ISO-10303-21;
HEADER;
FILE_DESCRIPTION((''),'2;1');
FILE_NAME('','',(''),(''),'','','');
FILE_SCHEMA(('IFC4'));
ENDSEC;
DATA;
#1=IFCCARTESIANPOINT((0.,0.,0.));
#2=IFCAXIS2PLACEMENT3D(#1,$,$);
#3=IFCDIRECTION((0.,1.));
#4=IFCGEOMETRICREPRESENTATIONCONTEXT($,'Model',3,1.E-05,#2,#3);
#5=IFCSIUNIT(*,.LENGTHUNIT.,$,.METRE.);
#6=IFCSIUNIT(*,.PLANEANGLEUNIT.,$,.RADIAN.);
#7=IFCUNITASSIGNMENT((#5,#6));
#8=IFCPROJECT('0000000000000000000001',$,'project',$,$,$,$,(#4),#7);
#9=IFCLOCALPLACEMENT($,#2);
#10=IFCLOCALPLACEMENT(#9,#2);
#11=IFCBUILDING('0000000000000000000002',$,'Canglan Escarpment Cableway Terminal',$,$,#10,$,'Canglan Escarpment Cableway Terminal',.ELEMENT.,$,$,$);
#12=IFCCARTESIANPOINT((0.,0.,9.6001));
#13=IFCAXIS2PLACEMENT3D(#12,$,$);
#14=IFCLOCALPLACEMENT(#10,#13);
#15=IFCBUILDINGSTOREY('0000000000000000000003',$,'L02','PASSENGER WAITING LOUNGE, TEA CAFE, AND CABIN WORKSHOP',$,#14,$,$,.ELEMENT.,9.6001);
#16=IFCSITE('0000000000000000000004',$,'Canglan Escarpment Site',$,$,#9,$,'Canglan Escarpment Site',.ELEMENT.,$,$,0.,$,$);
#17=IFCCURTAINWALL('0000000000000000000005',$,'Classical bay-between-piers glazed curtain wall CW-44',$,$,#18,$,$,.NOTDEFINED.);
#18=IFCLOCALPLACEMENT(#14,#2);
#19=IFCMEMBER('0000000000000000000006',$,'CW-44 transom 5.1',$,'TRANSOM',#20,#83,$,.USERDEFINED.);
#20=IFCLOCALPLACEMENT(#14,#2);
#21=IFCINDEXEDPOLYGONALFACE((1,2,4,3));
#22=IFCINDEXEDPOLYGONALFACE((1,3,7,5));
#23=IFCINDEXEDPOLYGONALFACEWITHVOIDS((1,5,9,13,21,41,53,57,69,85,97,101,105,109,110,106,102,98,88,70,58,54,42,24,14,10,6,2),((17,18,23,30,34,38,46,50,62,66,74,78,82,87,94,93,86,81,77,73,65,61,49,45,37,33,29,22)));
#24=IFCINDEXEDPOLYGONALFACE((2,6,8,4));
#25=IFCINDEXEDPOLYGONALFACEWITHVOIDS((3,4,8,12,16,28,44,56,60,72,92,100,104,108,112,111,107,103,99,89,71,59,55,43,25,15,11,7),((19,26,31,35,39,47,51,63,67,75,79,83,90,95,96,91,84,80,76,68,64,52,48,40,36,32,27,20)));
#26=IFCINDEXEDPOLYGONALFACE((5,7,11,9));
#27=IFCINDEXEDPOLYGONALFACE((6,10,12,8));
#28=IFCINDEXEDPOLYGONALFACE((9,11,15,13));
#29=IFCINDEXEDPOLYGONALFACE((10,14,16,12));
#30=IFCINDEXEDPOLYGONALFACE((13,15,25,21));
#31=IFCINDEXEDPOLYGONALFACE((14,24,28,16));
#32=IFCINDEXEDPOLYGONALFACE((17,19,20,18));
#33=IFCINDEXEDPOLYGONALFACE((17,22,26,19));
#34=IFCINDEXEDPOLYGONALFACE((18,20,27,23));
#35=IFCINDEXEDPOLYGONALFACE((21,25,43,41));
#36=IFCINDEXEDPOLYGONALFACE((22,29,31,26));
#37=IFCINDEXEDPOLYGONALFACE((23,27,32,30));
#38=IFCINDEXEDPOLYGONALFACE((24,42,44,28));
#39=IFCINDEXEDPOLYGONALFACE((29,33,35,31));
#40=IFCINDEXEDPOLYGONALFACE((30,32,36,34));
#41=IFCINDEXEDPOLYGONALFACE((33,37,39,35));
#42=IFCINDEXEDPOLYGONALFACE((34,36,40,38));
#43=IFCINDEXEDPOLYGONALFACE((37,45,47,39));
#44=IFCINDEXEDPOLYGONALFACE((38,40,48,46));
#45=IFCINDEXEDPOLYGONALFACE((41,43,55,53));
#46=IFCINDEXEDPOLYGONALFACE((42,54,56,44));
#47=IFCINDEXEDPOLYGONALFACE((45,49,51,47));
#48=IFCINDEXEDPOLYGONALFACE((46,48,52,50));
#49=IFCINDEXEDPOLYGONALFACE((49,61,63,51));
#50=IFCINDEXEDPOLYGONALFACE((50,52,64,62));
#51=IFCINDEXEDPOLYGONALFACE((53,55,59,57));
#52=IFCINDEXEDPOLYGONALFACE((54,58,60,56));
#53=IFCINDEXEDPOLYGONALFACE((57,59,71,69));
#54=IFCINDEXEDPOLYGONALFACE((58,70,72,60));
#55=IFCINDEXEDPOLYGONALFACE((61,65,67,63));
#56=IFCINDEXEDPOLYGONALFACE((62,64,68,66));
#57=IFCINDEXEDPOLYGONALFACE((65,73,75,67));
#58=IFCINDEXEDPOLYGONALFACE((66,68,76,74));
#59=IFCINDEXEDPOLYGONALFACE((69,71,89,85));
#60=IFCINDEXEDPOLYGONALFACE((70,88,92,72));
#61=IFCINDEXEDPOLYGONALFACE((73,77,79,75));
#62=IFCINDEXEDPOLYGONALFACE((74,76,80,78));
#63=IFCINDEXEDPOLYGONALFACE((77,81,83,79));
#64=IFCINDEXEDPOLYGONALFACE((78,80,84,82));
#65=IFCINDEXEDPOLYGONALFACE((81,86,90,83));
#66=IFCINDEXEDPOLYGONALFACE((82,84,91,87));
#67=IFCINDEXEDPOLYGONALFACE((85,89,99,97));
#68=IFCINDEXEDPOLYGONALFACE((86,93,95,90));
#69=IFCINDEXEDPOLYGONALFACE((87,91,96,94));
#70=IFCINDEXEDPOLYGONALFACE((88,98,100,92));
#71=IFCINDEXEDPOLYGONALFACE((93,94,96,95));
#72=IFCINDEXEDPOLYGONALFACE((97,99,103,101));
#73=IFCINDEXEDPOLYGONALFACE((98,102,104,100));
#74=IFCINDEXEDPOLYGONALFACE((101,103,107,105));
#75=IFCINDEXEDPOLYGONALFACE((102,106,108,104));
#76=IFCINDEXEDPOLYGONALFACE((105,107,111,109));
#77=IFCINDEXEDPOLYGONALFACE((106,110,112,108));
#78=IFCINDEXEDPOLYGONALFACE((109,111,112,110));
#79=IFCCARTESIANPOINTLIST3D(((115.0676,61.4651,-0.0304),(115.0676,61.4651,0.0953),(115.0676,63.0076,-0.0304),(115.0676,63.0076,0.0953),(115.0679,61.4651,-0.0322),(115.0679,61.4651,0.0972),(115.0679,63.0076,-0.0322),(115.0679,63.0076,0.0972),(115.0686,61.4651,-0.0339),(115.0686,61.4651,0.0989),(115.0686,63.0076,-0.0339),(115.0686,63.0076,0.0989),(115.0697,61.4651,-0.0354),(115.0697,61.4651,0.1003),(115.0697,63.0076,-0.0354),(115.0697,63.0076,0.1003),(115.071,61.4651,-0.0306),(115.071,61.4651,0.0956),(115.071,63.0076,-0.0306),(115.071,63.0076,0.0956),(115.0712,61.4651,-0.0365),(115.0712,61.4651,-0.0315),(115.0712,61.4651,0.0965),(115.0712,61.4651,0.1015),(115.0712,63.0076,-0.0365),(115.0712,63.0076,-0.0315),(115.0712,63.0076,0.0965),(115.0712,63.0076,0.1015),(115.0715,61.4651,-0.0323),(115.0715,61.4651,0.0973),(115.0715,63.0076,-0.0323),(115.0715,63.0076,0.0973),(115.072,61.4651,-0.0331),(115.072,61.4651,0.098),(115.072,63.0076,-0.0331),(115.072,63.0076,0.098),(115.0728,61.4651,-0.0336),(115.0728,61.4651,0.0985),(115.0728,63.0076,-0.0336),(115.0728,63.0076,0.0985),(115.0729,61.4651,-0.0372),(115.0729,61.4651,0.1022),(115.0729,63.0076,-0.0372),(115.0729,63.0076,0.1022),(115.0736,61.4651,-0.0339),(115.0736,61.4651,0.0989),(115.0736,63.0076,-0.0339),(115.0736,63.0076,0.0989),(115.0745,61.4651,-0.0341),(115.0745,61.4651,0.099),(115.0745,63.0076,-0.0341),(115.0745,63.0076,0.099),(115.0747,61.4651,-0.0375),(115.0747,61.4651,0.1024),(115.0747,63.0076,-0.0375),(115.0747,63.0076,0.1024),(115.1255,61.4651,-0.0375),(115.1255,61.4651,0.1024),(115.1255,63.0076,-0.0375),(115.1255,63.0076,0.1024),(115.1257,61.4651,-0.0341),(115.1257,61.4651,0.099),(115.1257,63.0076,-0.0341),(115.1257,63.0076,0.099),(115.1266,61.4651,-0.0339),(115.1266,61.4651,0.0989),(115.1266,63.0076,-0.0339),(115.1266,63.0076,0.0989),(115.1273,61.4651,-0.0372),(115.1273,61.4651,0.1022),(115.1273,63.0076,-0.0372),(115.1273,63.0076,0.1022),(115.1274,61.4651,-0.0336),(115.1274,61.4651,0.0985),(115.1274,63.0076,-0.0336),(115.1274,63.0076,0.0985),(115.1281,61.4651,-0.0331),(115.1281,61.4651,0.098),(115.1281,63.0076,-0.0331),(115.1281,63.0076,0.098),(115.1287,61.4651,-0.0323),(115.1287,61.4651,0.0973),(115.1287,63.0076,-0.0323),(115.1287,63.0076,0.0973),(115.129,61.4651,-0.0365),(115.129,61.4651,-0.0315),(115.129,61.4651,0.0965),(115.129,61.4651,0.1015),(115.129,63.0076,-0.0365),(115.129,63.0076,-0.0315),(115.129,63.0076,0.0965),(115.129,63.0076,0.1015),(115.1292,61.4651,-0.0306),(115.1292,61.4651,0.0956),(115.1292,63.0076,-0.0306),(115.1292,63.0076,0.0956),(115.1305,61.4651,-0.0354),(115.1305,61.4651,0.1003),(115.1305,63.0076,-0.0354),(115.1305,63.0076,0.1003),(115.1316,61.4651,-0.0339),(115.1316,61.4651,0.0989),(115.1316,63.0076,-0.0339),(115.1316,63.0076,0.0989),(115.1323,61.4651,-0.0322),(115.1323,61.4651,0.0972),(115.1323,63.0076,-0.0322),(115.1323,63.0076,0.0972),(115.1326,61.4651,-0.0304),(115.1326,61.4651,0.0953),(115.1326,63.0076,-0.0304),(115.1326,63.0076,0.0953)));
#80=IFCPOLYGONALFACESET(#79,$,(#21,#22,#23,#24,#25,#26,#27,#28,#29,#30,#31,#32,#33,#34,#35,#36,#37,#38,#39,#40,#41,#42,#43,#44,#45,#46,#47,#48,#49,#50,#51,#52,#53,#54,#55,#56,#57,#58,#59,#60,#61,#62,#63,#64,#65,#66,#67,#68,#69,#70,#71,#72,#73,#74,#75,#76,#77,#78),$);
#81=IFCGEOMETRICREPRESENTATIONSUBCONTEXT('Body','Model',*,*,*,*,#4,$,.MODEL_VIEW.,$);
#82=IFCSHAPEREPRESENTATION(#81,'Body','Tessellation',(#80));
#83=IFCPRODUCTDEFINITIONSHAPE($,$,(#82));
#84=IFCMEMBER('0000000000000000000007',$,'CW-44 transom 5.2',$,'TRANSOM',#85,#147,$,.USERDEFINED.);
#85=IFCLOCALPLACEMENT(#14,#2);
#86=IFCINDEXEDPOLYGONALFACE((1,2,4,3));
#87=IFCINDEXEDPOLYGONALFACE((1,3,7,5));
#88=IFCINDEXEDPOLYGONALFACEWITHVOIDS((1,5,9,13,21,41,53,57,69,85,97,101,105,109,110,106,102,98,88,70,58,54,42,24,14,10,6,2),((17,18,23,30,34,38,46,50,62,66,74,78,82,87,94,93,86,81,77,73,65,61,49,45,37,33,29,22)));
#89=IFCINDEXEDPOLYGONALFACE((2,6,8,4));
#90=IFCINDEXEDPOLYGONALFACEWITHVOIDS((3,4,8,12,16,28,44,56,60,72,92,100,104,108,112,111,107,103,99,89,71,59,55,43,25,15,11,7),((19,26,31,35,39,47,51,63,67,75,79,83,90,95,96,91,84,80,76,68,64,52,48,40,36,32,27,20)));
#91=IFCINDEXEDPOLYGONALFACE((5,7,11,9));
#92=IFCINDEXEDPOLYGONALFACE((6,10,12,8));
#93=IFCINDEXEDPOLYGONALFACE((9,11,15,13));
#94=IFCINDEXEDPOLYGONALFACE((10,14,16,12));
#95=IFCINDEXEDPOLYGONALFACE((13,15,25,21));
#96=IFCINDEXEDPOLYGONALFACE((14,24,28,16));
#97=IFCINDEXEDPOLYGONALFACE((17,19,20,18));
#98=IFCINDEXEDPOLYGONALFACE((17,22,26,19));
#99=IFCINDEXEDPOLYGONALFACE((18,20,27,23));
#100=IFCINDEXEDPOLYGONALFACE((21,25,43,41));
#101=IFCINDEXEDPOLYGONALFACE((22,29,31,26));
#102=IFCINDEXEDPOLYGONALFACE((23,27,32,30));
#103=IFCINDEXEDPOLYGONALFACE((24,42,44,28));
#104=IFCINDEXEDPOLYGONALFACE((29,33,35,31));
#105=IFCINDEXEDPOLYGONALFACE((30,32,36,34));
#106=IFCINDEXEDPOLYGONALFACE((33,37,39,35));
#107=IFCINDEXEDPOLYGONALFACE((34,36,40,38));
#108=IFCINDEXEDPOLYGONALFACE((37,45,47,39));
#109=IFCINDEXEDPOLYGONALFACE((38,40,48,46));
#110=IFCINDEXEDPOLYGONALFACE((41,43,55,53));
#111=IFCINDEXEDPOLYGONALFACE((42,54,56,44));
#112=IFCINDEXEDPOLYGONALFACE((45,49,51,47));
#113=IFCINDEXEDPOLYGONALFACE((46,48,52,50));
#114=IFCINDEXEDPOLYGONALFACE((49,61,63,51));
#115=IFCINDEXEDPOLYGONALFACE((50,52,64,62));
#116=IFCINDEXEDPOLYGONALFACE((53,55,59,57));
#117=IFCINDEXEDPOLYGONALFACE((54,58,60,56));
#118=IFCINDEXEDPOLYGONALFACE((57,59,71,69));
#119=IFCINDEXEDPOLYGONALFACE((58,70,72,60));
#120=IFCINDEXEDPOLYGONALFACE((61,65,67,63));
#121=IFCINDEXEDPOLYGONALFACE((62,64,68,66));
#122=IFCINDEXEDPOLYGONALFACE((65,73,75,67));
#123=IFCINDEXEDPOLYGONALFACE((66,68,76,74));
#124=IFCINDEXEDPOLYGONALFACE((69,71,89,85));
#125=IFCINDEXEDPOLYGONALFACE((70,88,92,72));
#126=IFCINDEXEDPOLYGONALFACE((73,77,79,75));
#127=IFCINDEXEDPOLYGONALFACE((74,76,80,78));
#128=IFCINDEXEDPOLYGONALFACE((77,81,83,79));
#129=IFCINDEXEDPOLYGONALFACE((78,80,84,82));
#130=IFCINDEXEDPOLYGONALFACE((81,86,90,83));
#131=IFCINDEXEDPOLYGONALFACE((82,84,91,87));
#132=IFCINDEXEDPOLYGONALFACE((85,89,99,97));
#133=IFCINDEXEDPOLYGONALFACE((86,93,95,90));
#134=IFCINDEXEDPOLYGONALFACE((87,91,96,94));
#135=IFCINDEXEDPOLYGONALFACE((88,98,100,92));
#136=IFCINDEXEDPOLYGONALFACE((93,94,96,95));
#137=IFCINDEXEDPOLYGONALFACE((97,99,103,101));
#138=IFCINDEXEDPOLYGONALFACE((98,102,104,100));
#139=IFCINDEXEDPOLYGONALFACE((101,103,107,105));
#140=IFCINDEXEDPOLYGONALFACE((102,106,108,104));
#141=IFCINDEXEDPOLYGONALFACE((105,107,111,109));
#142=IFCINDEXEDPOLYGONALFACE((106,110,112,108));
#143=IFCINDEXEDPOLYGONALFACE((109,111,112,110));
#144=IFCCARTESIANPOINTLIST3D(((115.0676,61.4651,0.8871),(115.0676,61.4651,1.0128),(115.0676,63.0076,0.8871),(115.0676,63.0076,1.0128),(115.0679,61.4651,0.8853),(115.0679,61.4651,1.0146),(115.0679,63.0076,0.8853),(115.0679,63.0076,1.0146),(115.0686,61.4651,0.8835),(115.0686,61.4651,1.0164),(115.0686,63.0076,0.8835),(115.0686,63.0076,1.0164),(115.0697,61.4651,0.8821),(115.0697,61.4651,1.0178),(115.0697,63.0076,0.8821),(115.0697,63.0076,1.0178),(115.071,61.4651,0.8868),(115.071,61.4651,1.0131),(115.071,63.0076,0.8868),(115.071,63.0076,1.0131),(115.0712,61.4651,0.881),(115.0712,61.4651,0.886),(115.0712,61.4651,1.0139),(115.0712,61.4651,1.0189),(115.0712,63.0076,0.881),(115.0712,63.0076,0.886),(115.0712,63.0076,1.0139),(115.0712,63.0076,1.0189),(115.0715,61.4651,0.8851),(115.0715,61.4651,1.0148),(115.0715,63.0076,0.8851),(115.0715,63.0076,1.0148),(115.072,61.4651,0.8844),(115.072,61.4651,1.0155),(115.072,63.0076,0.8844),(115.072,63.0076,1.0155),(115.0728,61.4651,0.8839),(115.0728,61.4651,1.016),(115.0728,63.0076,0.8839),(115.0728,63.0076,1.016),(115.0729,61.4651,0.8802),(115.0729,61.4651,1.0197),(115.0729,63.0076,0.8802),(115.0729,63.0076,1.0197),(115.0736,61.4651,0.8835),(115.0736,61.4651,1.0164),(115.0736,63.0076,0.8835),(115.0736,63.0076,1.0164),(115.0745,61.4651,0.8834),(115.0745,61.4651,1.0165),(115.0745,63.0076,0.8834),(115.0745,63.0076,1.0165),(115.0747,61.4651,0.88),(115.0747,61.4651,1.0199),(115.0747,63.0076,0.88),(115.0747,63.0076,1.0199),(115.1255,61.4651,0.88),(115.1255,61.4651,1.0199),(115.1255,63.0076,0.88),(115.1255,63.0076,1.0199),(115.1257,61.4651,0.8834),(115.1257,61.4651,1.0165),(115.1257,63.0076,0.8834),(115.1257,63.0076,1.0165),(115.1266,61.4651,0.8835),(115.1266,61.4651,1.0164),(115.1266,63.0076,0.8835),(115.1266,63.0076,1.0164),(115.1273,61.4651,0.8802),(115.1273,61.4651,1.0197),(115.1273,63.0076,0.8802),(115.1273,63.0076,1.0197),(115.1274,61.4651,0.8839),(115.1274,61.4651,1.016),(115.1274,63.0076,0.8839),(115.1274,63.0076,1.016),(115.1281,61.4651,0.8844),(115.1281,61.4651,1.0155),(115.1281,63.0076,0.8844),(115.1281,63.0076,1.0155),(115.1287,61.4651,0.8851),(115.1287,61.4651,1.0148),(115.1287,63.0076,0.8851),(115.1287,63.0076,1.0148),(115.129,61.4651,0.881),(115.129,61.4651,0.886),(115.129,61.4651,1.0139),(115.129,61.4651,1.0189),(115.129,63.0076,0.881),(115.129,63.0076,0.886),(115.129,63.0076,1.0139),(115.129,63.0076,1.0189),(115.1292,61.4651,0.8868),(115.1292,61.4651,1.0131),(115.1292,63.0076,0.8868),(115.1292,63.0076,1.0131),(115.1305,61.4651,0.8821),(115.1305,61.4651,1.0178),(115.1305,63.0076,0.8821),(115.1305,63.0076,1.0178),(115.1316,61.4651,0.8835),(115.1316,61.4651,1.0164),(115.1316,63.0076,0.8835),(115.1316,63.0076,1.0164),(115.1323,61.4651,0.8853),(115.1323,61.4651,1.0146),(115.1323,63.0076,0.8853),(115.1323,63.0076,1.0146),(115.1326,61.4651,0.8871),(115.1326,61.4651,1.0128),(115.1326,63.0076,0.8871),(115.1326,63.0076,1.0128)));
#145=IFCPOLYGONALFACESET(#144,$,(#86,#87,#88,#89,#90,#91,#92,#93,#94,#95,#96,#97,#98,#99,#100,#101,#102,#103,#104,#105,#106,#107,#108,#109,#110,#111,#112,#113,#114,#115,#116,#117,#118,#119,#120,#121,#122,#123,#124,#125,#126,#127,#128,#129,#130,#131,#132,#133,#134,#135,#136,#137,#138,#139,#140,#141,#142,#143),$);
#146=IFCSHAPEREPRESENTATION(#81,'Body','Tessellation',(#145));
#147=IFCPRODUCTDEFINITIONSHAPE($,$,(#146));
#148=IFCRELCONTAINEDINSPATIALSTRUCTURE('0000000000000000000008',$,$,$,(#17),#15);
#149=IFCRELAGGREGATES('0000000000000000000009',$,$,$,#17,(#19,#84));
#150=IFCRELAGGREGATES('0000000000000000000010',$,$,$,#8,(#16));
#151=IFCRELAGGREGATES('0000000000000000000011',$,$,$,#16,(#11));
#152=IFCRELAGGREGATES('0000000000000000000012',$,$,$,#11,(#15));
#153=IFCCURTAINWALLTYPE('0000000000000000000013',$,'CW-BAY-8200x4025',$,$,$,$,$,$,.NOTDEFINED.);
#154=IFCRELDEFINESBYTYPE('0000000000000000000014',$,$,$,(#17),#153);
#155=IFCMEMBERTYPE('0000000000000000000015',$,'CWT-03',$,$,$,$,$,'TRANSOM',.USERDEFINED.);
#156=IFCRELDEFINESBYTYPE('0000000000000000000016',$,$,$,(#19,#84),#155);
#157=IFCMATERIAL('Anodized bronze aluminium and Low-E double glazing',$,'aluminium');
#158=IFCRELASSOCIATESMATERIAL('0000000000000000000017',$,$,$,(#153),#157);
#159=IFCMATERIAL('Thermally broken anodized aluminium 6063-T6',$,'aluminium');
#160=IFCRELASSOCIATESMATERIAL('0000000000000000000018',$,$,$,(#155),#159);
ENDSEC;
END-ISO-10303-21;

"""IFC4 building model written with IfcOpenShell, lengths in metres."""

from ifc_helpers import new_model, si_unit, direction, frame, origin, origin_2d, place, context, subcontext, project, spatial, hollow_rectangle, extrude, material, material_profile, profile_set, type_object, element, aggregate, save


model = new_model("IFC4")

# Units and contexts
model_context = context("Model", 3, precision=1e-05, world=origin(), true_north=direction((0.0, 1.0)))
body_context = subcontext(model_context, "Body", "Model", "MODEL_VIEW")
ifc_project = project(units=[si_unit("LENGTHUNIT", "METRE"), si_unit("PLANEANGLEUNIT", "RADIAN")], contexts=[model_context])

# Site, building, storey
site_placement = place(None, origin())
site = spatial("IfcSite", under=ifc_project, at=site_placement, Name="Canglan Escarpment Site", LongName="Canglan Escarpment Site", CompositionType="ELEMENT", RefElevation=0.0)
building_placement = place(site_placement, origin())
building = spatial("IfcBuilding", under=site, at=building_placement, Name="Canglan Escarpment Cableway Terminal", LongName="Canglan Escarpment Cableway Terminal", CompositionType="ELEMENT")
storey_placement = place(building_placement, frame((0.0, 0.0, 9.6001)))
storey = spatial("IfcBuildingStorey", under=building, at=storey_placement, Name="L02", Description="PASSENGER WAITING LOUNGE, TEA CAFE, AND CABIN WORKSHOP", CompositionType="ELEMENT", Elevation=9.6001)

# Shared definitions
ifc_material_1 = material(Name="Anodized bronze aluminium and Low-E double glazing", Category="aluminium")
curtain_wall_type = type_object("IfcCurtainWallType", Name="CW-BAY-8200x4025", PredefinedType="NOTDEFINED", material=ifc_material_1)
ifc_material_2 = material(Name="Thermally broken anodized aluminium 6063-T6", Category="aluminium")

# Curtain wall
curtain_wall_1_placement = place(storey_placement, origin())
curtain_wall_1 = element("IfcCurtainWall", 1, at=curtain_wall_1_placement, inside=storey, type_object=curtain_wall_type, Name="Classical bay-between-piers glazed curtain wall CW-44", PredefinedType="NOTDEFINED")

# Members
ifc_material_profile_1 = material_profile(ifc_material_2, hollow_rectangle(XDim=0.0649, YDim=0.1399, WallThickness=0.0034, InnerFilletRadius=0.0034, OuterFilletRadius=0.0071, at=origin_2d()), Name="ALU-TRAN 65x140x3.5")
ifc_profile_set_1 = profile_set([ifc_material_profile_1], Name="Thermally broken anodized aluminium 6063-T6")
member_type_1 = type_object("IfcMemberType", Name="CWT-03", ElementType="TRANSOM", PredefinedType="USERDEFINED", material=ifc_profile_set_1)
member_1_placement = place(storey_placement, frame((115.1001, 63.0076, 0.0325), z_axis=(0.0, -1.0, 0.0), x_axis=(1.0, 0.0, 0.0)))
member_1 = element("IfcMember", 2, at=member_1_placement, type_object=member_type_1, Name="CW-44 transom 5.1", ObjectType="TRANSOM", PredefinedType="USERDEFINED", context=body_context, shape_type="SweptSolid", body=[
    extrude(hollow_rectangle(XDim=0.0649, YDim=0.1399, WallThickness=0.0034, InnerFilletRadius=0.0034, OuterFilletRadius=0.0071, at=origin_2d()), origin(), (0.0, 0.0, 1.0), 1.5425),
])
member_2_placement = place(storey_placement, frame((115.1001, 63.0076, 0.95), z_axis=(0.0, -1.0, 0.0), x_axis=(1.0, 0.0, 0.0)))
member_2 = element("IfcMember", 3, at=member_2_placement, type_object=member_type_1, Name="CW-44 transom 5.2", ObjectType="TRANSOM", PredefinedType="USERDEFINED", context=body_context, shape_type="SweptSolid", body=[
    extrude(hollow_rectangle(XDim=0.0649, YDim=0.1399, WallThickness=0.0034, InnerFilletRadius=0.0034, OuterFilletRadius=0.0071, at=origin_2d()), origin(), (0.0, 0.0, 1.0), 1.5425),
])

aggregate(curtain_wall_1, [member_1, member_2])

save(model, "model.ifc")
